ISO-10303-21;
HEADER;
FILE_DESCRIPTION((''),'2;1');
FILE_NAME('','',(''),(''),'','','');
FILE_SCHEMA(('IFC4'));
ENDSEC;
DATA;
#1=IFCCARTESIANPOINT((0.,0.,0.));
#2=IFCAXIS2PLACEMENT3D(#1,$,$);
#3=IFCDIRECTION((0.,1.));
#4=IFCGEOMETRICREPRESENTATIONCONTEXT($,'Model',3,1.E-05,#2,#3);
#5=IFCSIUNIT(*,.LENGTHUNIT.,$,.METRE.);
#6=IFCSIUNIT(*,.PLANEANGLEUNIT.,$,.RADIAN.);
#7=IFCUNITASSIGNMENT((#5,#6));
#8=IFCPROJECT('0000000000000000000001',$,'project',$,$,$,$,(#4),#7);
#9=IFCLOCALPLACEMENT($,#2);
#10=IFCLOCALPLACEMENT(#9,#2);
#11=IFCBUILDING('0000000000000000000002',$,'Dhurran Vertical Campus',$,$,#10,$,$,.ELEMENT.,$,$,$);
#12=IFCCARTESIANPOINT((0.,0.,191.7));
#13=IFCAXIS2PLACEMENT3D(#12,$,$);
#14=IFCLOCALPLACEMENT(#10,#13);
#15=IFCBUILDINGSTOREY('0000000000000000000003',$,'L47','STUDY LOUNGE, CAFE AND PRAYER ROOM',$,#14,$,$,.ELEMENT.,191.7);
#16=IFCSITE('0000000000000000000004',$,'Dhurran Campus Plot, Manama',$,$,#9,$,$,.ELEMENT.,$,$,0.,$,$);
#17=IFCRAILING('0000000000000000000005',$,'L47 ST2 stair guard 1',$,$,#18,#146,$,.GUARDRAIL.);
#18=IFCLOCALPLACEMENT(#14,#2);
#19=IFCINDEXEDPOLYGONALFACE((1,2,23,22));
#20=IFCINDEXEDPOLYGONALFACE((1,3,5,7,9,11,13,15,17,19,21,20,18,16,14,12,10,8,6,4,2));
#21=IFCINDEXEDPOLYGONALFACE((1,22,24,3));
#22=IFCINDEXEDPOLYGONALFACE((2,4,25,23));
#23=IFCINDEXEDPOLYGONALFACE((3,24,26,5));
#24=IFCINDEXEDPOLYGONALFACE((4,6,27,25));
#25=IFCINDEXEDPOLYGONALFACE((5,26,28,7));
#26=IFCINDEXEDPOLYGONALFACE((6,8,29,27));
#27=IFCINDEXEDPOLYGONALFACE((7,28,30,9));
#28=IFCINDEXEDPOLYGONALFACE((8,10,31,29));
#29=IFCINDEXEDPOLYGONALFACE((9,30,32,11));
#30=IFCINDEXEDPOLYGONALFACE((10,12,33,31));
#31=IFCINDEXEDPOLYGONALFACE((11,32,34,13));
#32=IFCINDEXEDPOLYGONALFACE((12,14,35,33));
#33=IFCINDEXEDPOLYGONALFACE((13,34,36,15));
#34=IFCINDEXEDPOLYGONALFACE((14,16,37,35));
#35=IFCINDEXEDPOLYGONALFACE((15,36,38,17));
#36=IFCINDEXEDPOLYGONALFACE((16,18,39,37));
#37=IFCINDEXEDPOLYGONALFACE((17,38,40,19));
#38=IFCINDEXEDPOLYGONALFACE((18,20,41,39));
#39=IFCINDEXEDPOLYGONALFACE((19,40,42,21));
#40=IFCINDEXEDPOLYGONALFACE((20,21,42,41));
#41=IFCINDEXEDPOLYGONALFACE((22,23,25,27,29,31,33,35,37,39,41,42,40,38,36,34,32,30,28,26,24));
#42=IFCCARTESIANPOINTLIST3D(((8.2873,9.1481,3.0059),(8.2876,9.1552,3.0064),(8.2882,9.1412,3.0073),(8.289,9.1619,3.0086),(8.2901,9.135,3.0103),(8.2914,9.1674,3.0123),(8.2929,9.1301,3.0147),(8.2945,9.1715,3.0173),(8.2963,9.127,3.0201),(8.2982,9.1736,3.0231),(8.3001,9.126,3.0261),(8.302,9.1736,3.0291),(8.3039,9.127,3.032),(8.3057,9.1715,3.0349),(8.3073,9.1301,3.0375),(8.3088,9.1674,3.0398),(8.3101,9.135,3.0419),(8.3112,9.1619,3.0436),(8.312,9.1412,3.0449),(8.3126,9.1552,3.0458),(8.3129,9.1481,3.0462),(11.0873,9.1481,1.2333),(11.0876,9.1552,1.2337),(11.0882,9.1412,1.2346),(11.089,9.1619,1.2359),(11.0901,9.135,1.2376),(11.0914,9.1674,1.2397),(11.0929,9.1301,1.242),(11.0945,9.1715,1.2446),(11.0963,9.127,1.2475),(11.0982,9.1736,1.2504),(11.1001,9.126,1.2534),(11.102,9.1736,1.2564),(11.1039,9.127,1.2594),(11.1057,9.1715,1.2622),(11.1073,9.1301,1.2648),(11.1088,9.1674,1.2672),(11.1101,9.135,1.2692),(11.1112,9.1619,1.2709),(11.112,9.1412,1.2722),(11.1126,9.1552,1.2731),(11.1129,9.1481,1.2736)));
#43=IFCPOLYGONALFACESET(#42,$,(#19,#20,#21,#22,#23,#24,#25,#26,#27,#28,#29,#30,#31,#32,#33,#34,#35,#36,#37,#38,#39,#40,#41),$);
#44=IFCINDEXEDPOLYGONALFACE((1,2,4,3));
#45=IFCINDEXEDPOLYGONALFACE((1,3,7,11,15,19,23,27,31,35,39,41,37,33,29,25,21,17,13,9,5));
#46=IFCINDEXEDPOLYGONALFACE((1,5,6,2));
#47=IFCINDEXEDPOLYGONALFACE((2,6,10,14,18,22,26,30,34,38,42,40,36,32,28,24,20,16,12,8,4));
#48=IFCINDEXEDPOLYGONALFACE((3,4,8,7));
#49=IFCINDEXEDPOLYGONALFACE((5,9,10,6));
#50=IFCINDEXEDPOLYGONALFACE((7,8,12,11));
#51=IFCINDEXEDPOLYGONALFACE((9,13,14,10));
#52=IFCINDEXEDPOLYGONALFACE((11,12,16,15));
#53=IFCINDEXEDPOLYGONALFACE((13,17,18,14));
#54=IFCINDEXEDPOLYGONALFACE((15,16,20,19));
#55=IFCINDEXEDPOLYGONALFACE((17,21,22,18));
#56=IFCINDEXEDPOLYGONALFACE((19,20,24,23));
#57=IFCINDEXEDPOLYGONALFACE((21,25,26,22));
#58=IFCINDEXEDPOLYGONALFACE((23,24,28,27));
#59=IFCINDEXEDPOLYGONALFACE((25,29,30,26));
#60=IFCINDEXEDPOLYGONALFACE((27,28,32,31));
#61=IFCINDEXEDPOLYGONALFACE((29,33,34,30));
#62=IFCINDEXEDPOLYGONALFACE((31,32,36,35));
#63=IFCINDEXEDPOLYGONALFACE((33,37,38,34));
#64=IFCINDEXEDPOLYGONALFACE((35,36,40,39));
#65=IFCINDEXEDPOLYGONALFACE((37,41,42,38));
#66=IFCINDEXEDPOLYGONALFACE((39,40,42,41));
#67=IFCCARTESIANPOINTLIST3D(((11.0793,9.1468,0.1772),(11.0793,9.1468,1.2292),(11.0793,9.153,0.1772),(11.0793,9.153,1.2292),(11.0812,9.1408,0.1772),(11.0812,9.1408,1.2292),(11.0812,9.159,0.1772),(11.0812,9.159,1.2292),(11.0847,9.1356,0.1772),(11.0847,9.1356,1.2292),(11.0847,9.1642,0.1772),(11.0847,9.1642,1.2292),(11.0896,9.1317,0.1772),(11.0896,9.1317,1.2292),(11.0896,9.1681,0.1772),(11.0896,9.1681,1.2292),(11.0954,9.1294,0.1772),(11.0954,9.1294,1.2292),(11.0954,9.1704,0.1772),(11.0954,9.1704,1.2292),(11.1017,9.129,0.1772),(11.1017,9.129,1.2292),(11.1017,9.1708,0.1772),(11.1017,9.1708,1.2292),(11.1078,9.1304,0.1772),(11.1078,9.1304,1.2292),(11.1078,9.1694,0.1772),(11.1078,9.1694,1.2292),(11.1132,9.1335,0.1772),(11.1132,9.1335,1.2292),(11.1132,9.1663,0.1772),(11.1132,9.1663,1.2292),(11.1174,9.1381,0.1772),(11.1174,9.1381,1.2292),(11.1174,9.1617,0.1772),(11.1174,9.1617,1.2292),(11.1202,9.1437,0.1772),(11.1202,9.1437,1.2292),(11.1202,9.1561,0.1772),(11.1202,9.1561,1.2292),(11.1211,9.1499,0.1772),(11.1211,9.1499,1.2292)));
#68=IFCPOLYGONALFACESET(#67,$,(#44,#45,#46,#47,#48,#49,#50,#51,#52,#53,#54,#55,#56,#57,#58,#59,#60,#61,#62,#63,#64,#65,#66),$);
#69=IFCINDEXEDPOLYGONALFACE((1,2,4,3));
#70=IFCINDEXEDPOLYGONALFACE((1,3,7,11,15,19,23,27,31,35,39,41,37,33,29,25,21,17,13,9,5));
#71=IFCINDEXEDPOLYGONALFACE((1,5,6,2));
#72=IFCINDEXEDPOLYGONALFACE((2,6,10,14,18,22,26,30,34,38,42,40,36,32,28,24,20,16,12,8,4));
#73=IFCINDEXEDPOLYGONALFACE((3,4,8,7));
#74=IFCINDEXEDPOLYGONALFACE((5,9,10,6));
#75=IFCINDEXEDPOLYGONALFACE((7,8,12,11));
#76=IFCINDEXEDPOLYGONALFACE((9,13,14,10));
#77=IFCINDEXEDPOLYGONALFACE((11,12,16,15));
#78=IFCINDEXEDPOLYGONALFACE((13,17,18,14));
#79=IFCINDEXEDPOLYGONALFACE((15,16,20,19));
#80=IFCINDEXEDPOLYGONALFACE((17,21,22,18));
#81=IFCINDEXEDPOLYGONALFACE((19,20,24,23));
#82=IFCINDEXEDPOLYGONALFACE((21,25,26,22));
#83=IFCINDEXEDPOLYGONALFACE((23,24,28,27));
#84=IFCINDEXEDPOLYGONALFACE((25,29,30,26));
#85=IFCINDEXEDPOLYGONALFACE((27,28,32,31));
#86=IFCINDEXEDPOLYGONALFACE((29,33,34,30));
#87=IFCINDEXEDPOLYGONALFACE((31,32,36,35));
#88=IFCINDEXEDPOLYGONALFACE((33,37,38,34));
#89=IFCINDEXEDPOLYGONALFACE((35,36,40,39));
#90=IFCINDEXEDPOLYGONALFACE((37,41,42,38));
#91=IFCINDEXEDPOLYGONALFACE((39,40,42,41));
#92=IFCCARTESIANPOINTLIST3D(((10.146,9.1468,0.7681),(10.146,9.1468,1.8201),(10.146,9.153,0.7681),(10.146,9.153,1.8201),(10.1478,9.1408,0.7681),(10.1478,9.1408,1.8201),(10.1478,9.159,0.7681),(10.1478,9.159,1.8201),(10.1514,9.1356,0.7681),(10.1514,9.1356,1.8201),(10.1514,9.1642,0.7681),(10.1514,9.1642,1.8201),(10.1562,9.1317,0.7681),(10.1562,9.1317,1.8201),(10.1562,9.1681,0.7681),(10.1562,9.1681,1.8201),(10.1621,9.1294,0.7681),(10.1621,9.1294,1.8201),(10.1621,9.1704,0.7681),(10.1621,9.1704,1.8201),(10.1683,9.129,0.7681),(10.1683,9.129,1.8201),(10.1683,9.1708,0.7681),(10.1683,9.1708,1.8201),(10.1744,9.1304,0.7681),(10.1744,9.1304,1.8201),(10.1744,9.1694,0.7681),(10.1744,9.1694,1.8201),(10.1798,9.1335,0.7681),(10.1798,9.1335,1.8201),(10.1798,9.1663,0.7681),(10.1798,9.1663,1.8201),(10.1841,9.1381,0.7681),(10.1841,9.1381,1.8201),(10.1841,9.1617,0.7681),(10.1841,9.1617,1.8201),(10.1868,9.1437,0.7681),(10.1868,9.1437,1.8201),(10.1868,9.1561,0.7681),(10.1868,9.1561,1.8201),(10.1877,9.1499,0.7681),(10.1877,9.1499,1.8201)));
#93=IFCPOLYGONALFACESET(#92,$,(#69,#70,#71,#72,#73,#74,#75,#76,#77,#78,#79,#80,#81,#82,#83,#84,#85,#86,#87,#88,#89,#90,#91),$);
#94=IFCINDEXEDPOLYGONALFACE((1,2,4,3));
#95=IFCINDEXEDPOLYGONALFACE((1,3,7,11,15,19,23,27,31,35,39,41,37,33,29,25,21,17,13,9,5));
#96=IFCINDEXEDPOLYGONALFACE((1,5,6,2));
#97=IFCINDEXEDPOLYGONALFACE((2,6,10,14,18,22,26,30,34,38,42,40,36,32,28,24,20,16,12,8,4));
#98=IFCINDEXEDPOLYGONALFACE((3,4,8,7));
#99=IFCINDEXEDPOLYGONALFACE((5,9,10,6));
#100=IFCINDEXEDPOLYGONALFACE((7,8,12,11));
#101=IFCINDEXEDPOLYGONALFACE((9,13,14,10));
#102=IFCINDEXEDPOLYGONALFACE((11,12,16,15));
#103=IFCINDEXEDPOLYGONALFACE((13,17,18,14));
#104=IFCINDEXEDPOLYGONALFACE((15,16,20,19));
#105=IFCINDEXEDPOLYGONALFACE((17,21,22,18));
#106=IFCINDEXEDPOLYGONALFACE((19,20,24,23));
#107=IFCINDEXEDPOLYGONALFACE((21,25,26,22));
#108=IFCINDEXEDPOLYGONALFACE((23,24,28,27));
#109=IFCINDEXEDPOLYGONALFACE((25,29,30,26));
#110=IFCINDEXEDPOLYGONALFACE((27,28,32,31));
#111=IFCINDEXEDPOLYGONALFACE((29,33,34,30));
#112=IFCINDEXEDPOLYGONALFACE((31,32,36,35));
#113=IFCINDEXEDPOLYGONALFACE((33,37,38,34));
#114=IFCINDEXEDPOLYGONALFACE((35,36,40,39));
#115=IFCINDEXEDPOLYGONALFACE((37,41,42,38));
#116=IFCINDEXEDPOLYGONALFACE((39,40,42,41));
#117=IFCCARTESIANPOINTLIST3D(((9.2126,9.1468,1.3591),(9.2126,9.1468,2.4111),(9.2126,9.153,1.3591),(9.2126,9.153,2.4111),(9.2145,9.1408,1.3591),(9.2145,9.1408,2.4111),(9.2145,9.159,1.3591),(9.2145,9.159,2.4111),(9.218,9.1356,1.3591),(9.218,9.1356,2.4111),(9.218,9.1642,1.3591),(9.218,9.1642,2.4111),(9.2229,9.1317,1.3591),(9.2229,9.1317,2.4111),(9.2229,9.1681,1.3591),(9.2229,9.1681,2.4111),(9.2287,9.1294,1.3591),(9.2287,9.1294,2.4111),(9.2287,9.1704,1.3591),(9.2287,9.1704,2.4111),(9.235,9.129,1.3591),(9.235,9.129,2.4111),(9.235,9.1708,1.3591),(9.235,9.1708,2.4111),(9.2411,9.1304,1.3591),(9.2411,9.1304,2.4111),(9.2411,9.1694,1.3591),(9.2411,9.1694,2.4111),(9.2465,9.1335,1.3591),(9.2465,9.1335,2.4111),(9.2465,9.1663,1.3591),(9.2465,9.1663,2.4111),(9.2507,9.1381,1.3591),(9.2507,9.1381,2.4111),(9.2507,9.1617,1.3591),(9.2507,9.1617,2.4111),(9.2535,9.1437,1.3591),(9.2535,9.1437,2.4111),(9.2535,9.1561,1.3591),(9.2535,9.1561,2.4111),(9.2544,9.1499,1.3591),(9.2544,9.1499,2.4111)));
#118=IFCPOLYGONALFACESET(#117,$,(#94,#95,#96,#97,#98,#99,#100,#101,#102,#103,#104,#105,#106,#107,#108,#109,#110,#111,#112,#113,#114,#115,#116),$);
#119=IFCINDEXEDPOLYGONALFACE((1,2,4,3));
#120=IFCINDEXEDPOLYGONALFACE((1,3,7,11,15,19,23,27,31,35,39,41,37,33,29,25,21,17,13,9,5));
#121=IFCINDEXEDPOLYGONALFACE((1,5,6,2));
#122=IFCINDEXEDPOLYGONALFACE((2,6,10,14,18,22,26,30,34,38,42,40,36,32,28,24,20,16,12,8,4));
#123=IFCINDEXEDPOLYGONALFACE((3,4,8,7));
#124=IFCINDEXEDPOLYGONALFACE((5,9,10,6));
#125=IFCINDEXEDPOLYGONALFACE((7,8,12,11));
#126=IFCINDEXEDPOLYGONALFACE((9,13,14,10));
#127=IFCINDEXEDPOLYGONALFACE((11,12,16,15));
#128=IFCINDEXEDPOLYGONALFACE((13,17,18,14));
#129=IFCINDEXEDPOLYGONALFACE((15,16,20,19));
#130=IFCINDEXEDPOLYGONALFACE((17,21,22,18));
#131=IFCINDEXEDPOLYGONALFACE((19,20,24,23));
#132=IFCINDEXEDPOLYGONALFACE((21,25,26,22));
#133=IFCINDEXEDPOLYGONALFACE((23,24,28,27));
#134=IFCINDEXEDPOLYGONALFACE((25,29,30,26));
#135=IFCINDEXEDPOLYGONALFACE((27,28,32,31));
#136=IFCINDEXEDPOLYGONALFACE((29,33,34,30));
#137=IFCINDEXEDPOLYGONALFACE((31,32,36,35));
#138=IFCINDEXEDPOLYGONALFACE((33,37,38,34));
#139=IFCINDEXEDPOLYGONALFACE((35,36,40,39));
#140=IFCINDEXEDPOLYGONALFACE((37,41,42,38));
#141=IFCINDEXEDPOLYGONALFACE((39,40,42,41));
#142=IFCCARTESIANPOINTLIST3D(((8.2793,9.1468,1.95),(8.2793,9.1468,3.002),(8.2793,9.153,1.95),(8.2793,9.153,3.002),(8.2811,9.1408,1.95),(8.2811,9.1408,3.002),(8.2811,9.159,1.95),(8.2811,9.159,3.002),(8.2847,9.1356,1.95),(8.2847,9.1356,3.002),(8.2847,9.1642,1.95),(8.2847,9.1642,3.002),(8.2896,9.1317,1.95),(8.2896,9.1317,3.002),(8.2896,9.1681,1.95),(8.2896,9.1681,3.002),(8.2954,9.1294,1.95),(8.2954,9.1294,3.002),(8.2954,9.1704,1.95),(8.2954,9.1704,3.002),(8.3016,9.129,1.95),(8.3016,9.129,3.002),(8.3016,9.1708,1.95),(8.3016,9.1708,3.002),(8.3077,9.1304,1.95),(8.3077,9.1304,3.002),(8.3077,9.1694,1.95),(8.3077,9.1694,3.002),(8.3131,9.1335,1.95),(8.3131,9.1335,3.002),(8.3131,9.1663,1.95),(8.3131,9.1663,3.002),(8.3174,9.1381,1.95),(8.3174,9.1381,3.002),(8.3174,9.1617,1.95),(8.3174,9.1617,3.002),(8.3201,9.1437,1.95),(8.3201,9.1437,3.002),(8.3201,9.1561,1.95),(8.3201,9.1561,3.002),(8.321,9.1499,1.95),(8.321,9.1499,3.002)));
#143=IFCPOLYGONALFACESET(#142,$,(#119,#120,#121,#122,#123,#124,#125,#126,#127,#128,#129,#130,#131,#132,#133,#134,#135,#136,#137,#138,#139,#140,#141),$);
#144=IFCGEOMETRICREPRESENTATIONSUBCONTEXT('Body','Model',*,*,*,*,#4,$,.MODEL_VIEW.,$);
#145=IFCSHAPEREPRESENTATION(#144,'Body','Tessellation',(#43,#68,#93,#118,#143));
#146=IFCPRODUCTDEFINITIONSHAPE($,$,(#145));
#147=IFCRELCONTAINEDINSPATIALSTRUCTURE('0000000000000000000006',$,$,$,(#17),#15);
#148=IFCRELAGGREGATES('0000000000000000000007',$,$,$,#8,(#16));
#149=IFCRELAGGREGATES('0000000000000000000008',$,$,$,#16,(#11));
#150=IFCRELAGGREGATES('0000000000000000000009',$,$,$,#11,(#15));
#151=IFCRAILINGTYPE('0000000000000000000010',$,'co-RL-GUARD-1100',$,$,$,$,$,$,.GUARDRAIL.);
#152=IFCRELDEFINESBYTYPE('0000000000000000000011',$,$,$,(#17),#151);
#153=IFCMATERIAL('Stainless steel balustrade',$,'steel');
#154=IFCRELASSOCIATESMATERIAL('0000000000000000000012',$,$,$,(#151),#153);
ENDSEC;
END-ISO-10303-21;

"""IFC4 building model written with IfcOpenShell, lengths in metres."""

from ifc_helpers import new_model, si_unit, direction, frame, origin, origin_2d, place, context, subcontext, project, spatial, circle, extrude, material, type_object, element, save


model = new_model("IFC4")

# Units and contexts
model_context = context("Model", 3, precision=1e-05, world=origin(), true_north=direction((0.0, 1.0)))
body_context = subcontext(model_context, "Body", "Model", "MODEL_VIEW")
ifc_project = project(units=[si_unit("LENGTHUNIT", "METRE"), si_unit("PLANEANGLEUNIT", "RADIAN")], contexts=[model_context])

# Site, building, storey
site_placement = place(None, origin())
site = spatial("IfcSite", under=ifc_project, at=site_placement, Name="Dhurran Campus Plot, Manama", CompositionType="ELEMENT", RefElevation=0.0)
building_placement = place(site_placement, origin())
building = spatial("IfcBuilding", under=site, at=building_placement, Name="Dhurran Vertical Campus", CompositionType="ELEMENT")
storey_placement = place(building_placement, frame((0.0, 0.0, 191.7)))
storey = spatial("IfcBuildingStorey", under=building, at=storey_placement, Name="L47", Description="STUDY LOUNGE, CAFE AND PRAYER ROOM", CompositionType="ELEMENT", Elevation=191.7)

# Railing
ifc_material_1 = material(Name="Stainless steel balustrade", Category="steel")
railing_type_1 = type_object("IfcRailingType", Name="co-RL-GUARD-1100", PredefinedType="GUARDRAIL", material=ifc_material_1)
railing_1_placement = place(storey_placement, frame((11.1001, 9.1499, 0.1772)))
element("IfcRailing", 1, at=railing_1_placement, inside=storey, type_object=railing_type_1, Name="L47 ST2 stair guard 1", PredefinedType="GUARDRAIL", context=body_context, shape_type="SweptSolid", body=[
    extrude(circle(Radius=0.0239, at=origin_2d()), frame((0.0, 0.0, 1.0762), z_axis=(-0.844909, 0.0, 0.53491), x_axis=(0.0, -1.0, 0.0)), (0.0, 0.0, 1.0), 3.314),
    extrude(circle(Radius=0.021, at=origin_2d()), origin(), (0.0, 0.0, 1.0), 1.052),
    extrude(circle(Radius=0.021, at=origin_2d()), frame((-0.9333, 0.0, 0.5908)), (0.0, 0.0, 1.0), 1.052),
    extrude(circle(Radius=0.021, at=origin_2d()), frame((-1.8667, 0.0, 1.1819)), (0.0, 0.0, 1.0), 1.052),
    extrude(circle(Radius=0.021, at=origin_2d()), frame((-2.8, 0.0, 1.7727)), (0.0, 0.0, 1.0), 1.052),
])

save(model, "model.ifc")
